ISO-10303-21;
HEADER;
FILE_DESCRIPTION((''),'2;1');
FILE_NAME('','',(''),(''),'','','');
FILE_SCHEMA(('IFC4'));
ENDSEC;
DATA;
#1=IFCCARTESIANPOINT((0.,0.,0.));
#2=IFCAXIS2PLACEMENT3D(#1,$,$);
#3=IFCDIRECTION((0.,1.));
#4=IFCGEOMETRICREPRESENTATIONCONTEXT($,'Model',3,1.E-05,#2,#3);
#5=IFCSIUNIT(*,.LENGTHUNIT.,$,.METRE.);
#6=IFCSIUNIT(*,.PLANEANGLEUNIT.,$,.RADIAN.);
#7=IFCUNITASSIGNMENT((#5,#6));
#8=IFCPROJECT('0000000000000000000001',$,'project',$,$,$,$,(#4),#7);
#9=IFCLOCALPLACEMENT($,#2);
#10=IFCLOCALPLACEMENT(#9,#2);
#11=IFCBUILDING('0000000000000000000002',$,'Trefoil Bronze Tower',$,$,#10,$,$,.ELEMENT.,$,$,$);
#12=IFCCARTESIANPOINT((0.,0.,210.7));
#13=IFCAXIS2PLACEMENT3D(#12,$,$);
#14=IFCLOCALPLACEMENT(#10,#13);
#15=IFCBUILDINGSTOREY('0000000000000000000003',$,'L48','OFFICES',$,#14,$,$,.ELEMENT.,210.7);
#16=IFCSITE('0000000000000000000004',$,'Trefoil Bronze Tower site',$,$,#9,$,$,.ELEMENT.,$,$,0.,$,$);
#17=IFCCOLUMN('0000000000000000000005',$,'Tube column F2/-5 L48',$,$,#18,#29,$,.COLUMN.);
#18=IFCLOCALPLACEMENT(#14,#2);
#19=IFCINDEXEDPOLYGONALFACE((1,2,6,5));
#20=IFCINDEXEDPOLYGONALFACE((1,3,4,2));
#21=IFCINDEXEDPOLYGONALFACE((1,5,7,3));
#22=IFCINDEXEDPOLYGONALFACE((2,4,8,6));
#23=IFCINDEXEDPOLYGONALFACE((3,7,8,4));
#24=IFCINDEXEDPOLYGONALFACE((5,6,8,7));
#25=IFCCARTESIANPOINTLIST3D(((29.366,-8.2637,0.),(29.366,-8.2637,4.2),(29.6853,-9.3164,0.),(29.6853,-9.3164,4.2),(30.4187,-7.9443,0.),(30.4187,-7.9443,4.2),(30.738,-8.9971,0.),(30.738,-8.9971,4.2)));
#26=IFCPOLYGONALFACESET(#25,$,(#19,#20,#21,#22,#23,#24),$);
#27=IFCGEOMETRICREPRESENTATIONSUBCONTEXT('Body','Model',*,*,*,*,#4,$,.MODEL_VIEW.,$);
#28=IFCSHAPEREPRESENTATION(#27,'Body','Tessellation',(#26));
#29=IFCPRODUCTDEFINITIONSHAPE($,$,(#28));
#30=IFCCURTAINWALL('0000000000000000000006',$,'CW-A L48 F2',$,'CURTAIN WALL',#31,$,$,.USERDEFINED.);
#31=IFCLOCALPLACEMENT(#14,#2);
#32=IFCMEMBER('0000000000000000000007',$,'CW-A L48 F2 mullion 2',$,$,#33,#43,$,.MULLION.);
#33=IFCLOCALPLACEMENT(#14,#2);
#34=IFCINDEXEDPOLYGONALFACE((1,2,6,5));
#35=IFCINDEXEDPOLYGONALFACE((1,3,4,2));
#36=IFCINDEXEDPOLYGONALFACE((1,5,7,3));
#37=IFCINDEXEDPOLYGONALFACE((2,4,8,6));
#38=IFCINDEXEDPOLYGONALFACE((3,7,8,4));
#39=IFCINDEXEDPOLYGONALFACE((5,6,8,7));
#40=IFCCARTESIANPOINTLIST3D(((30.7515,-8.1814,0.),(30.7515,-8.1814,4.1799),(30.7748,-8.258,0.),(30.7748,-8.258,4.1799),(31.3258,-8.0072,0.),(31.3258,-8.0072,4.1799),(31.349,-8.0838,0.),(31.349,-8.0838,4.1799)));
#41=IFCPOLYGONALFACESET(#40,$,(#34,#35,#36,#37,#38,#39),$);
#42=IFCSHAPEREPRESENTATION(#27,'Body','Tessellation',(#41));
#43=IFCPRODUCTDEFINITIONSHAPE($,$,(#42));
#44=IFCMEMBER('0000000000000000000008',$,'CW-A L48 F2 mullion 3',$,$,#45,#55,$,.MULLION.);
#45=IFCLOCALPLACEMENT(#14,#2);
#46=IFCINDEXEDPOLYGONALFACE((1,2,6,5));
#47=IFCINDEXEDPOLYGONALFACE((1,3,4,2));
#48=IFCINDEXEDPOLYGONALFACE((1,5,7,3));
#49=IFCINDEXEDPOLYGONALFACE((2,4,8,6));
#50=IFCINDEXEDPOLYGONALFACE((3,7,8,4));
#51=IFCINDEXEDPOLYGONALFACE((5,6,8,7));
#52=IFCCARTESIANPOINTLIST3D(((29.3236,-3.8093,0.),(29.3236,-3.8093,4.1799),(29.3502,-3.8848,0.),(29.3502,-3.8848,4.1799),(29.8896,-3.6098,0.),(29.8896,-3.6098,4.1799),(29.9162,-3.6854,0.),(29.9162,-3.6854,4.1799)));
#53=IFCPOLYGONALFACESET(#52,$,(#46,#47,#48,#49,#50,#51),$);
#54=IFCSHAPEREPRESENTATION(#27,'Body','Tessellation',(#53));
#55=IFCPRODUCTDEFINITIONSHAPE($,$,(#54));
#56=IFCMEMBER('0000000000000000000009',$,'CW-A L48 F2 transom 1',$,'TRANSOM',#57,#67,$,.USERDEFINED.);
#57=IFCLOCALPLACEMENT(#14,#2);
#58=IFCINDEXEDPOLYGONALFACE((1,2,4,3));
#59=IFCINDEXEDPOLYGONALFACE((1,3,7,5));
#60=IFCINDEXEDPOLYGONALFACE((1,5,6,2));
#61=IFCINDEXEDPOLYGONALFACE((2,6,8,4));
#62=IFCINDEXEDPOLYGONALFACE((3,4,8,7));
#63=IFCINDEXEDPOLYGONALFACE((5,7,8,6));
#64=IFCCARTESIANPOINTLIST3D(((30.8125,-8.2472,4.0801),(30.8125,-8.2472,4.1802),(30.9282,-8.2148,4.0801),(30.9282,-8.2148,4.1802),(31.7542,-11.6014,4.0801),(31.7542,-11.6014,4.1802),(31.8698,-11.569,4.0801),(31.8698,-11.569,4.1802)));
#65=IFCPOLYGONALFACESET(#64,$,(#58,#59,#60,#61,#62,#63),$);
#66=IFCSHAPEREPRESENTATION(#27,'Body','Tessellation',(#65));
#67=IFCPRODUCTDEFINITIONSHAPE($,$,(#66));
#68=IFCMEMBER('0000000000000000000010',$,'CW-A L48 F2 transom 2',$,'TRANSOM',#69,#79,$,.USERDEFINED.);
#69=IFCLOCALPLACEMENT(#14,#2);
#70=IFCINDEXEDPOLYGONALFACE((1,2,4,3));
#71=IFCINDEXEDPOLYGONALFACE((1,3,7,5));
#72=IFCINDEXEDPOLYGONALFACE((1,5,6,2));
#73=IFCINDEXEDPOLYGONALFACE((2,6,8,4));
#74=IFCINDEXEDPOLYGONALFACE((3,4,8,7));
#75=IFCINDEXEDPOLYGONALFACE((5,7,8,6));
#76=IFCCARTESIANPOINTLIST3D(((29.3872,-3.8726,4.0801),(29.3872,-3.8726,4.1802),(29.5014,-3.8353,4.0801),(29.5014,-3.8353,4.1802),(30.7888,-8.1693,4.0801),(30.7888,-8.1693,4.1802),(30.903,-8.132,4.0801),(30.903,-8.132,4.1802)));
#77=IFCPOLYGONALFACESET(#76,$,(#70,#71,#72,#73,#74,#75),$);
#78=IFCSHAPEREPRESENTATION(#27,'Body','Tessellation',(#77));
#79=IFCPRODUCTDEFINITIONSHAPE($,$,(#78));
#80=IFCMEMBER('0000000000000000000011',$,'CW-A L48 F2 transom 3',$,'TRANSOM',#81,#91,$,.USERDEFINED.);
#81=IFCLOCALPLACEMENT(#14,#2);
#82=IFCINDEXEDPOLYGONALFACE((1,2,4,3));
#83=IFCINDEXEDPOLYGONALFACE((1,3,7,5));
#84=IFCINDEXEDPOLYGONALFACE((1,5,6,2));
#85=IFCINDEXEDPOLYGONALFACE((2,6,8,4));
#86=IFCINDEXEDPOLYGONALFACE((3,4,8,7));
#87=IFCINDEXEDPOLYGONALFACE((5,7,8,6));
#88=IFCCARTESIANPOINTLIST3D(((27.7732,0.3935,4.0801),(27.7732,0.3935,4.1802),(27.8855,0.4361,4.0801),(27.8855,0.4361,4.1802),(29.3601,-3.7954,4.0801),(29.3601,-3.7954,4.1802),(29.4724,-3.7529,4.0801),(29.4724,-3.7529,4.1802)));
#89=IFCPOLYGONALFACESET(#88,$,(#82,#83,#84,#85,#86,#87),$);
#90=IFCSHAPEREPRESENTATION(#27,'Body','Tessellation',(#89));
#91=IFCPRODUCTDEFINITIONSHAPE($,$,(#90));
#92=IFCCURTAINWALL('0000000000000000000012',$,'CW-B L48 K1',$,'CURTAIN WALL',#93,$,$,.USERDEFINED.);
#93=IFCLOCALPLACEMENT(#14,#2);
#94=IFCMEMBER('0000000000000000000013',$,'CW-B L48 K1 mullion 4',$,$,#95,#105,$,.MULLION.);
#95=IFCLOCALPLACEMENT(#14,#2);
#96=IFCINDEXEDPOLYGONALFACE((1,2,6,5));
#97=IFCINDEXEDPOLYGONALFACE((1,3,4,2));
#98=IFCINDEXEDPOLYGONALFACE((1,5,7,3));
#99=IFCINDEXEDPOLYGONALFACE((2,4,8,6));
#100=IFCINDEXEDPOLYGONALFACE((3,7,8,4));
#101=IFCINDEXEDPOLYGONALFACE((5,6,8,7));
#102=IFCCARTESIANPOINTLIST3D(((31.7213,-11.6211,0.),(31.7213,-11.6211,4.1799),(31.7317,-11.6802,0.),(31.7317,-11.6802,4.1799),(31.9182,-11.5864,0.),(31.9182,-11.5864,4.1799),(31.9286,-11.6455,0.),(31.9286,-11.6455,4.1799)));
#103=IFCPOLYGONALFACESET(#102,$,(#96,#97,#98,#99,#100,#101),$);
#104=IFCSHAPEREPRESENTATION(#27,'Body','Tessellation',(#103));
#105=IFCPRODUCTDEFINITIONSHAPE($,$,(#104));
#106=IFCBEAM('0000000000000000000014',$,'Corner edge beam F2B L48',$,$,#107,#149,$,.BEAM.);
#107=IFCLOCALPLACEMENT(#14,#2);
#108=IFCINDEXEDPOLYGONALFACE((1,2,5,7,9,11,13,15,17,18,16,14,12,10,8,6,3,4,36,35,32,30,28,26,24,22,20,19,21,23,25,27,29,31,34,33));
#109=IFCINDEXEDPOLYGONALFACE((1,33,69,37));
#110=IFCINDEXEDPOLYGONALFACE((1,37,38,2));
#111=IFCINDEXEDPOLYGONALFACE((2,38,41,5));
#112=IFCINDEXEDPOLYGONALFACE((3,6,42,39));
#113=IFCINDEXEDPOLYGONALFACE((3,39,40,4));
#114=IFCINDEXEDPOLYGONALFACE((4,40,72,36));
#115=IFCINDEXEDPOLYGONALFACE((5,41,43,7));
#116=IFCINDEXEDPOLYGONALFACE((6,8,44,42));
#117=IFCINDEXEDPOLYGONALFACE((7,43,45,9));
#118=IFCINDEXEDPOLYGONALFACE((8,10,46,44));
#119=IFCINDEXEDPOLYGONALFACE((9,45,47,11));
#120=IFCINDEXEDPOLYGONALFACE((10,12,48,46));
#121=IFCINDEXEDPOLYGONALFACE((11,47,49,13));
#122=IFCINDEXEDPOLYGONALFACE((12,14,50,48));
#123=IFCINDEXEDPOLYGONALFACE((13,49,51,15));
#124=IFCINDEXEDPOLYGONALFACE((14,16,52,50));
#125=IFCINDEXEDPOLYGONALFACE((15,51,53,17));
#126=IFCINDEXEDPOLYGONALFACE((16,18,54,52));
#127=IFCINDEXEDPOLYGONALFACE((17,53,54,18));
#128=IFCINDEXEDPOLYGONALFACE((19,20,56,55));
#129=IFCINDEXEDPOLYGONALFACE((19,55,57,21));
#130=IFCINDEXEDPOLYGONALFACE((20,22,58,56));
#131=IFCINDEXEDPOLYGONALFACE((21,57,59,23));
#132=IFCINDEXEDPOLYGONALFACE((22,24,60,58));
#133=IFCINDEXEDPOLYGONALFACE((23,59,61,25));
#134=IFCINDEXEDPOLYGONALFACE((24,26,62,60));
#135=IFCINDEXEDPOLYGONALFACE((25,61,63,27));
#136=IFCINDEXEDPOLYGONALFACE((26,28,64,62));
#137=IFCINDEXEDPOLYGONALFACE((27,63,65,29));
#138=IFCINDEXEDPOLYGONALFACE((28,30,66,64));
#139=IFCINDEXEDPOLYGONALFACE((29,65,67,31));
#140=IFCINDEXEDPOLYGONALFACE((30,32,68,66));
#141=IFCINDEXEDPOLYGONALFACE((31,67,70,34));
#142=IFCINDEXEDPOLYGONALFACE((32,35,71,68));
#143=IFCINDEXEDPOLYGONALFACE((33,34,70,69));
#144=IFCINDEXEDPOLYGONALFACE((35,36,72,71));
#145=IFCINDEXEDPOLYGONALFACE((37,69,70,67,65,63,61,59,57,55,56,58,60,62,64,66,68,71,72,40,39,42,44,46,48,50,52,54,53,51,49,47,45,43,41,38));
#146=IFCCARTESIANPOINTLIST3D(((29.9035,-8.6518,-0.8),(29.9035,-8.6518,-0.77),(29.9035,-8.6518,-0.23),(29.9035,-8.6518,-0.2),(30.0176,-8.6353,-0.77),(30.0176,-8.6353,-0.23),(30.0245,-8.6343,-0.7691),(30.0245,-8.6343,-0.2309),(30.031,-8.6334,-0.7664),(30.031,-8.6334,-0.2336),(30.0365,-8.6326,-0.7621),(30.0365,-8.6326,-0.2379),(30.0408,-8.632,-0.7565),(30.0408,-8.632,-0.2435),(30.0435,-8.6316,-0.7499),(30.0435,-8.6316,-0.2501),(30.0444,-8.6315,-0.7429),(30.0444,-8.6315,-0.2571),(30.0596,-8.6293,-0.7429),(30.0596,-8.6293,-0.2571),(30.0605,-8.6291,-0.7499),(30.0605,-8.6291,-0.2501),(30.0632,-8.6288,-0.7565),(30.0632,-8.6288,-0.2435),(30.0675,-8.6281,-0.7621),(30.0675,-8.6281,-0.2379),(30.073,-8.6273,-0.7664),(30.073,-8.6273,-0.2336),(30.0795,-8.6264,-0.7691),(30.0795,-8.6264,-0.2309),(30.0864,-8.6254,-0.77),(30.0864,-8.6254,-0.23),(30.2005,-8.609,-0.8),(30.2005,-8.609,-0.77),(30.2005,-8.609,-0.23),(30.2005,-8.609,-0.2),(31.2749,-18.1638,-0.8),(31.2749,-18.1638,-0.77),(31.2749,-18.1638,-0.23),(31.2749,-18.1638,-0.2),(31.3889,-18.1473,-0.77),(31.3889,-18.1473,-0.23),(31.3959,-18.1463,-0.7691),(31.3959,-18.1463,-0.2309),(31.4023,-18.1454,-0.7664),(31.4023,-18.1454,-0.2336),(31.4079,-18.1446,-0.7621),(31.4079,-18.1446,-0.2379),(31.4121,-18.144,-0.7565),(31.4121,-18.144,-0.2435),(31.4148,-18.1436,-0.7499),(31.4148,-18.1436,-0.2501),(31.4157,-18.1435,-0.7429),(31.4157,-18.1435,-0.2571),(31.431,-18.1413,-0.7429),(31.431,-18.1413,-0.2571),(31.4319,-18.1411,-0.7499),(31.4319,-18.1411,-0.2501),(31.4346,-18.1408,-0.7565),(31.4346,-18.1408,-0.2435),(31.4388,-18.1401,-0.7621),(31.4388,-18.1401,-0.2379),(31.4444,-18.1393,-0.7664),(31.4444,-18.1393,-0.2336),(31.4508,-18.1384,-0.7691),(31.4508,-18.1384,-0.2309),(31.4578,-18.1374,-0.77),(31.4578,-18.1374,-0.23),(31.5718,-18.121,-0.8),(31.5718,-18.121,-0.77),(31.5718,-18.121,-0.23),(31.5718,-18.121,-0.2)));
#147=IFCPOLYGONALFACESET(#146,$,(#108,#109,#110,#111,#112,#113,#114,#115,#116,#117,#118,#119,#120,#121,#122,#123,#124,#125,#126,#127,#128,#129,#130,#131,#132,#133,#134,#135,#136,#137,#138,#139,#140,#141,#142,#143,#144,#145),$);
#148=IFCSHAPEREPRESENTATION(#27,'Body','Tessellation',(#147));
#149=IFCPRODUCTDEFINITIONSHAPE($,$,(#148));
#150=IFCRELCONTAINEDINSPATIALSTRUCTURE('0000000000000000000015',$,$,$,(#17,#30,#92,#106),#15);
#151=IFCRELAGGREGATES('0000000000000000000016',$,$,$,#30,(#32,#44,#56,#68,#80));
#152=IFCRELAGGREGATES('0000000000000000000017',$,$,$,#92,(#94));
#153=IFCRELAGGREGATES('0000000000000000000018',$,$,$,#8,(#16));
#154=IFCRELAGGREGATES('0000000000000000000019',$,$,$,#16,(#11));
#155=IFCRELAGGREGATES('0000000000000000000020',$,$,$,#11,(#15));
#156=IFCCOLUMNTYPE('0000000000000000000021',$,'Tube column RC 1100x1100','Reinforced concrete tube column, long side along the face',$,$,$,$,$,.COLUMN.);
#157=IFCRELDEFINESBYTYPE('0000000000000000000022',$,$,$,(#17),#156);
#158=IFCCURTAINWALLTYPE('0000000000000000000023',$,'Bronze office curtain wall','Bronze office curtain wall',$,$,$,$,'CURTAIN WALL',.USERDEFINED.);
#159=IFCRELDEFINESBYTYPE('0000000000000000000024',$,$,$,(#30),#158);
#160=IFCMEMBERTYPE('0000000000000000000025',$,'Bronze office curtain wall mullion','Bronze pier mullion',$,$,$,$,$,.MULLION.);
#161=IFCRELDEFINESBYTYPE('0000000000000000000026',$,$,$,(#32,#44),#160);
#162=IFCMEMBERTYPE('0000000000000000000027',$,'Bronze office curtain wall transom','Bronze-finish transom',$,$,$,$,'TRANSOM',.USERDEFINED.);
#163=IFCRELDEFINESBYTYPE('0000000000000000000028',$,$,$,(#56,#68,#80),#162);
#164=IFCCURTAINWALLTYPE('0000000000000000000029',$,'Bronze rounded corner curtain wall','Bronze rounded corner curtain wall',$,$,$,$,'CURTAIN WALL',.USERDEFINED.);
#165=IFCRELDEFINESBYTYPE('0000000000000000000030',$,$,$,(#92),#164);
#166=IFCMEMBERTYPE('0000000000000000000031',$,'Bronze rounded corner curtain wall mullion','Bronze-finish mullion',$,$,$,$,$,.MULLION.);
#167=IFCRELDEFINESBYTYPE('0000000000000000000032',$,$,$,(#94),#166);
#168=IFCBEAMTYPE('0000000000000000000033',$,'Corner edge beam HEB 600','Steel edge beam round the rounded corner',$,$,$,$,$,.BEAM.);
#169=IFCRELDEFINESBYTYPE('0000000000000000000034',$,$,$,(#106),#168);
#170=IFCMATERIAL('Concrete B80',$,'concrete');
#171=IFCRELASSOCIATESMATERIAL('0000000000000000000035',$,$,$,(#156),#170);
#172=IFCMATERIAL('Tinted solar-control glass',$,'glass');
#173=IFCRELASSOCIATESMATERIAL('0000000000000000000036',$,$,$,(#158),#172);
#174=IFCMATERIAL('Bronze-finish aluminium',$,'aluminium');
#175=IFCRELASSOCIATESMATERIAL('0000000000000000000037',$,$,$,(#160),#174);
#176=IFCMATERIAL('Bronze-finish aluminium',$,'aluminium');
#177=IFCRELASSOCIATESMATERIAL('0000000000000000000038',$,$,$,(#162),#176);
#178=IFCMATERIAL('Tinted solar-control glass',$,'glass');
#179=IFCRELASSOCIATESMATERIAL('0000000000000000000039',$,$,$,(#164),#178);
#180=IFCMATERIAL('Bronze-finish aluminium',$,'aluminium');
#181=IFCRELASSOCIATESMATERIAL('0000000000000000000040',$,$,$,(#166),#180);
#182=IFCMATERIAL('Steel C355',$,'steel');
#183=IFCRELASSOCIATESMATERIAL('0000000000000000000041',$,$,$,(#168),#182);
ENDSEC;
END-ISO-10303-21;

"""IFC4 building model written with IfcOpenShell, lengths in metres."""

from ifc_helpers import new_model, si_unit, direction, frame, origin, origin_2d, place, context, subcontext, project, spatial, rectangle, i_section, extrude, material, material_profile, profile_set, type_object, element, aggregate, save


model = new_model("IFC4")

# Units and contexts
model_context = context("Model", 3, precision=1e-05, world=origin(), true_north=direction((0.0, 1.0)))
body_context = subcontext(model_context, "Body", "Model", "MODEL_VIEW")
ifc_project = project(units=[si_unit("LENGTHUNIT", "METRE"), si_unit("PLANEANGLEUNIT", "RADIAN")], contexts=[model_context])

# Site, building, storey
site_placement = place(None, origin())
site = spatial("IfcSite", under=ifc_project, at=site_placement, Name="Trefoil Bronze Tower site", CompositionType="ELEMENT", RefElevation=0.0)
building_placement = place(site_placement, origin())
building = spatial("IfcBuilding", under=site, at=building_placement, Name="Trefoil Bronze Tower", CompositionType="ELEMENT")
storey_placement = place(building_placement, frame((0.0, 0.0, 210.7)))
storey = spatial("IfcBuildingStorey", under=building, at=storey_placement, Name="L48", Description="OFFICES", CompositionType="ELEMENT", Elevation=210.7)

# Column
ifc_material_1 = material(Name="Concrete B80", Category="concrete")
ifc_material_profile_1 = material_profile(ifc_material_1, rectangle(XDim=1.1001, YDim=1.1001, at=origin_2d()), Name="RC 1100x1100")
ifc_profile_set_1 = profile_set([ifc_material_profile_1], Name="Concrete B80")
column_type = type_object("IfcColumnType", Name="Tube column RC 1100x1100", Description="Reinforced concrete tube column, long side along the face", PredefinedType="COLUMN", material=ifc_profile_set_1)
column_placement = place(storey_placement, frame((30.052, -8.6304, 0.0), z_axis=(0.0, 0.0, 1.0), x_axis=(-0.290278, 0.956942, 0.0)))
element("IfcColumn", 1, at=column_placement, inside=storey, type_object=column_type, Name="Tube column F2/-5 L48", PredefinedType="COLUMN", context=body_context, shape_type="SweptSolid", body=[
    extrude(rectangle(XDim=1.1001, YDim=1.1001, at=origin_2d()), origin(), (0.0, 0.0, 1.0), 4.2),
])

# Curtain wall, members
ifc_material_2 = material(Name="Tinted solar-control glass", Category="glass")
curtain_wall_type_1 = type_object("IfcCurtainWallType", Name="Bronze office curtain wall", Description="Bronze office curtain wall", ElementType="CURTAIN WALL", PredefinedType="USERDEFINED", material=ifc_material_2)
curtain_wall_1_placement = place(storey_placement, origin())
curtain_wall_1 = element("IfcCurtainWall", 2, at=curtain_wall_1_placement, inside=storey, type_object=curtain_wall_type_1, Name="CW-A L48 F2", ObjectType="CURTAIN WALL", PredefinedType="USERDEFINED")
ifc_material_3 = material(Name="Bronze-finish aluminium", Category="aluminium")
ifc_material_profile_2 = material_profile(ifc_material_3, rectangle(XDim=0.6001, YDim=0.0801, at=origin_2d()), Name="CW-A mullion")
ifc_profile_set_2 = profile_set([ifc_material_profile_2], Name="Bronze-finish aluminium")
member_type_1 = type_object("IfcMemberType", Name="Bronze office curtain wall mullion", Description="Bronze pier mullion", PredefinedType="MULLION", material=ifc_profile_set_2)
member_1_placement = place(storey_placement, frame((31.0503, -8.1326, 0.0), z_axis=(0.0, 0.0, 1.0), x_axis=(-0.956942, -0.290278, 0.0)))
member_1 = element("IfcMember", 3, at=member_1_placement, type_object=member_type_1, Name="CW-A L48 F2 mullion 2", PredefinedType="MULLION", context=body_context, shape_type="SweptSolid", body=[
    extrude(rectangle(XDim=0.6001, YDim=0.0801, at=origin_2d()), origin(), (0.0, 0.0, 1.0), 4.1799),
])
member_2_placement = place(storey_placement, frame((29.6199, -3.7473, 0.0), z_axis=(0.0, 0.0, 1.0), x_axis=(-0.94318, -0.332282, 0.0)))
member_2 = element("IfcMember", 4, at=member_2_placement, type_object=member_type_1, Name="CW-A L48 F2 mullion 3", PredefinedType="MULLION", context=body_context, shape_type="SweptSolid", body=[
    extrude(rectangle(XDim=0.6001, YDim=0.0801, at=origin_2d()), origin(), (0.0, 0.0, 1.0), 4.1799),
])
ifc_material_4 = material(Name="Bronze-finish aluminium", Category="aluminium")
ifc_material_profile_3 = material_profile(ifc_material_4, rectangle(XDim=0.1201, YDim=0.1001, at=origin_2d()), Name="CW-A transom")
ifc_profile_set_3 = profile_set([ifc_material_profile_3], Name="Bronze-finish aluminium")
member_type_2 = type_object("IfcMemberType", Name="Bronze office curtain wall transom", Description="Bronze-finish transom", ElementType="TRANSOM", PredefinedType="USERDEFINED", material=ifc_profile_set_3)
member_3_placement = place(storey_placement, frame((31.812, -11.5852, 4.1301), z_axis=(-0.270285, 0.96278, 0.0), x_axis=(-0.96278, -0.270285, 0.0)))
member_3 = element("IfcMember", 5, at=member_3_placement, type_object=member_type_2, Name="CW-A L48 F2 transom 1", ObjectType="TRANSOM", PredefinedType="USERDEFINED", context=body_context, shape_type="SweptSolid", body=[
    extrude(rectangle(XDim=0.1201, YDim=0.1001, at=origin_2d()), origin(), (0.0, 0.0, 1.0), 3.4839),
])
member_4_placement = place(storey_placement, frame((30.8459, -8.1506, 4.1301), z_axis=(-0.310128, 0.950695, 0.0), x_axis=(-0.950695, -0.310128, 0.0)))
member_4 = element("IfcMember", 6, at=member_4_placement, type_object=member_type_2, Name="CW-A L48 F2 transom 2", ObjectType="TRANSOM", PredefinedType="USERDEFINED", context=body_context, shape_type="SweptSolid", body=[
    extrude(rectangle(XDim=0.1201, YDim=0.1001, at=origin_2d()), origin(), (0.0, 0.0, 1.0), 4.5195),
])
member_5_placement = place(storey_placement, frame((29.4163, -3.7742, 4.1301), z_axis=(-0.354263, 0.935146, 0.0), x_axis=(-0.935146, -0.354263, 0.0)))
member_5 = element("IfcMember", 7, at=member_5_placement, type_object=member_type_2, Name="CW-A L48 F2 transom 3", ObjectType="TRANSOM", PredefinedType="USERDEFINED", context=body_context, shape_type="SweptSolid", body=[
    extrude(rectangle(XDim=0.1201, YDim=0.1001, at=origin_2d()), origin(), (0.0, 0.0, 1.0), 4.4795),
])

# Curtain wall, member
ifc_material_5 = material(Name="Tinted solar-control glass", Category="glass")
curtain_wall_type_2 = type_object("IfcCurtainWallType", Name="Bronze rounded corner curtain wall", Description="Bronze rounded corner curtain wall", ElementType="CURTAIN WALL", PredefinedType="USERDEFINED", material=ifc_material_5)
curtain_wall_2_placement = place(storey_placement, origin())
curtain_wall_2 = element("IfcCurtainWall", 8, at=curtain_wall_2_placement, inside=storey, type_object=curtain_wall_type_2, Name="CW-B L48 K1", ObjectType="CURTAIN WALL", PredefinedType="USERDEFINED")
ifc_material_6 = material(Name="Bronze-finish aluminium", Category="aluminium")
ifc_material_profile_4 = material_profile(ifc_material_6, rectangle(XDim=0.2, YDim=0.0601, at=origin_2d()), Name="CW-B mullion")
ifc_profile_set_4 = profile_set([ifc_material_profile_4], Name="Bronze-finish aluminium")
member_type_3 = type_object("IfcMemberType", Name="Bronze rounded corner curtain wall mullion", Description="Bronze-finish mullion", PredefinedType="MULLION", material=ifc_profile_set_4)
member_6_placement = place(storey_placement, frame((31.825, -11.6333, 0.0), z_axis=(0.0, 0.0, 1.0), x_axis=(-0.984808, -0.173648, 0.0)))
member_6 = element("IfcMember", 9, at=member_6_placement, type_object=member_type_3, Name="CW-B L48 K1 mullion 4", PredefinedType="MULLION", context=body_context, shape_type="SweptSolid", body=[
    extrude(rectangle(XDim=0.2, YDim=0.0601, at=origin_2d()), origin(), (0.0, 0.0, 1.0), 4.1799),
])

# Beam
ifc_material_7 = material(Name="Steel C355", Category="steel")
ifc_material_profile_5 = material_profile(ifc_material_7, i_section(OverallWidth=0.3, OverallDepth=0.6001, WebThickness=0.0154, FlangeThickness=0.03, FilletRadius=0.0271, at=origin_2d()), Name="HEB 600")
ifc_profile_set_5 = profile_set([ifc_material_profile_5], Name="Steel C355")
beam_type_1 = type_object("IfcBeamType", Name="Corner edge beam HEB 600", Description="Steel edge beam round the rounded corner", PredefinedType="BEAM", material=ifc_profile_set_5)
beam_1_placement = place(storey_placement, frame((30.052, -8.6304, -0.5), z_axis=(0.142694, -0.989767, 0.0), x_axis=(0.989767, 0.142694, 0.0)))
element("IfcBeam", 10, at=beam_1_placement, inside=storey, type_object=beam_type_1, Name="Corner edge beam F2B L48", PredefinedType="BEAM", context=body_context, shape_type="SweptSolid", body=[
    extrude(i_section(OverallWidth=0.3, OverallDepth=0.6001, WebThickness=0.0154, FlangeThickness=0.03, FilletRadius=0.0271, at=origin_2d()), origin(), (0.0, 0.0, 1.0), 9.6104),
])

aggregate(curtain_wall_1, [member_1, member_2, member_3, member_4, member_5])
aggregate(curtain_wall_2, [member_6])

save(model, "model.ifc")
